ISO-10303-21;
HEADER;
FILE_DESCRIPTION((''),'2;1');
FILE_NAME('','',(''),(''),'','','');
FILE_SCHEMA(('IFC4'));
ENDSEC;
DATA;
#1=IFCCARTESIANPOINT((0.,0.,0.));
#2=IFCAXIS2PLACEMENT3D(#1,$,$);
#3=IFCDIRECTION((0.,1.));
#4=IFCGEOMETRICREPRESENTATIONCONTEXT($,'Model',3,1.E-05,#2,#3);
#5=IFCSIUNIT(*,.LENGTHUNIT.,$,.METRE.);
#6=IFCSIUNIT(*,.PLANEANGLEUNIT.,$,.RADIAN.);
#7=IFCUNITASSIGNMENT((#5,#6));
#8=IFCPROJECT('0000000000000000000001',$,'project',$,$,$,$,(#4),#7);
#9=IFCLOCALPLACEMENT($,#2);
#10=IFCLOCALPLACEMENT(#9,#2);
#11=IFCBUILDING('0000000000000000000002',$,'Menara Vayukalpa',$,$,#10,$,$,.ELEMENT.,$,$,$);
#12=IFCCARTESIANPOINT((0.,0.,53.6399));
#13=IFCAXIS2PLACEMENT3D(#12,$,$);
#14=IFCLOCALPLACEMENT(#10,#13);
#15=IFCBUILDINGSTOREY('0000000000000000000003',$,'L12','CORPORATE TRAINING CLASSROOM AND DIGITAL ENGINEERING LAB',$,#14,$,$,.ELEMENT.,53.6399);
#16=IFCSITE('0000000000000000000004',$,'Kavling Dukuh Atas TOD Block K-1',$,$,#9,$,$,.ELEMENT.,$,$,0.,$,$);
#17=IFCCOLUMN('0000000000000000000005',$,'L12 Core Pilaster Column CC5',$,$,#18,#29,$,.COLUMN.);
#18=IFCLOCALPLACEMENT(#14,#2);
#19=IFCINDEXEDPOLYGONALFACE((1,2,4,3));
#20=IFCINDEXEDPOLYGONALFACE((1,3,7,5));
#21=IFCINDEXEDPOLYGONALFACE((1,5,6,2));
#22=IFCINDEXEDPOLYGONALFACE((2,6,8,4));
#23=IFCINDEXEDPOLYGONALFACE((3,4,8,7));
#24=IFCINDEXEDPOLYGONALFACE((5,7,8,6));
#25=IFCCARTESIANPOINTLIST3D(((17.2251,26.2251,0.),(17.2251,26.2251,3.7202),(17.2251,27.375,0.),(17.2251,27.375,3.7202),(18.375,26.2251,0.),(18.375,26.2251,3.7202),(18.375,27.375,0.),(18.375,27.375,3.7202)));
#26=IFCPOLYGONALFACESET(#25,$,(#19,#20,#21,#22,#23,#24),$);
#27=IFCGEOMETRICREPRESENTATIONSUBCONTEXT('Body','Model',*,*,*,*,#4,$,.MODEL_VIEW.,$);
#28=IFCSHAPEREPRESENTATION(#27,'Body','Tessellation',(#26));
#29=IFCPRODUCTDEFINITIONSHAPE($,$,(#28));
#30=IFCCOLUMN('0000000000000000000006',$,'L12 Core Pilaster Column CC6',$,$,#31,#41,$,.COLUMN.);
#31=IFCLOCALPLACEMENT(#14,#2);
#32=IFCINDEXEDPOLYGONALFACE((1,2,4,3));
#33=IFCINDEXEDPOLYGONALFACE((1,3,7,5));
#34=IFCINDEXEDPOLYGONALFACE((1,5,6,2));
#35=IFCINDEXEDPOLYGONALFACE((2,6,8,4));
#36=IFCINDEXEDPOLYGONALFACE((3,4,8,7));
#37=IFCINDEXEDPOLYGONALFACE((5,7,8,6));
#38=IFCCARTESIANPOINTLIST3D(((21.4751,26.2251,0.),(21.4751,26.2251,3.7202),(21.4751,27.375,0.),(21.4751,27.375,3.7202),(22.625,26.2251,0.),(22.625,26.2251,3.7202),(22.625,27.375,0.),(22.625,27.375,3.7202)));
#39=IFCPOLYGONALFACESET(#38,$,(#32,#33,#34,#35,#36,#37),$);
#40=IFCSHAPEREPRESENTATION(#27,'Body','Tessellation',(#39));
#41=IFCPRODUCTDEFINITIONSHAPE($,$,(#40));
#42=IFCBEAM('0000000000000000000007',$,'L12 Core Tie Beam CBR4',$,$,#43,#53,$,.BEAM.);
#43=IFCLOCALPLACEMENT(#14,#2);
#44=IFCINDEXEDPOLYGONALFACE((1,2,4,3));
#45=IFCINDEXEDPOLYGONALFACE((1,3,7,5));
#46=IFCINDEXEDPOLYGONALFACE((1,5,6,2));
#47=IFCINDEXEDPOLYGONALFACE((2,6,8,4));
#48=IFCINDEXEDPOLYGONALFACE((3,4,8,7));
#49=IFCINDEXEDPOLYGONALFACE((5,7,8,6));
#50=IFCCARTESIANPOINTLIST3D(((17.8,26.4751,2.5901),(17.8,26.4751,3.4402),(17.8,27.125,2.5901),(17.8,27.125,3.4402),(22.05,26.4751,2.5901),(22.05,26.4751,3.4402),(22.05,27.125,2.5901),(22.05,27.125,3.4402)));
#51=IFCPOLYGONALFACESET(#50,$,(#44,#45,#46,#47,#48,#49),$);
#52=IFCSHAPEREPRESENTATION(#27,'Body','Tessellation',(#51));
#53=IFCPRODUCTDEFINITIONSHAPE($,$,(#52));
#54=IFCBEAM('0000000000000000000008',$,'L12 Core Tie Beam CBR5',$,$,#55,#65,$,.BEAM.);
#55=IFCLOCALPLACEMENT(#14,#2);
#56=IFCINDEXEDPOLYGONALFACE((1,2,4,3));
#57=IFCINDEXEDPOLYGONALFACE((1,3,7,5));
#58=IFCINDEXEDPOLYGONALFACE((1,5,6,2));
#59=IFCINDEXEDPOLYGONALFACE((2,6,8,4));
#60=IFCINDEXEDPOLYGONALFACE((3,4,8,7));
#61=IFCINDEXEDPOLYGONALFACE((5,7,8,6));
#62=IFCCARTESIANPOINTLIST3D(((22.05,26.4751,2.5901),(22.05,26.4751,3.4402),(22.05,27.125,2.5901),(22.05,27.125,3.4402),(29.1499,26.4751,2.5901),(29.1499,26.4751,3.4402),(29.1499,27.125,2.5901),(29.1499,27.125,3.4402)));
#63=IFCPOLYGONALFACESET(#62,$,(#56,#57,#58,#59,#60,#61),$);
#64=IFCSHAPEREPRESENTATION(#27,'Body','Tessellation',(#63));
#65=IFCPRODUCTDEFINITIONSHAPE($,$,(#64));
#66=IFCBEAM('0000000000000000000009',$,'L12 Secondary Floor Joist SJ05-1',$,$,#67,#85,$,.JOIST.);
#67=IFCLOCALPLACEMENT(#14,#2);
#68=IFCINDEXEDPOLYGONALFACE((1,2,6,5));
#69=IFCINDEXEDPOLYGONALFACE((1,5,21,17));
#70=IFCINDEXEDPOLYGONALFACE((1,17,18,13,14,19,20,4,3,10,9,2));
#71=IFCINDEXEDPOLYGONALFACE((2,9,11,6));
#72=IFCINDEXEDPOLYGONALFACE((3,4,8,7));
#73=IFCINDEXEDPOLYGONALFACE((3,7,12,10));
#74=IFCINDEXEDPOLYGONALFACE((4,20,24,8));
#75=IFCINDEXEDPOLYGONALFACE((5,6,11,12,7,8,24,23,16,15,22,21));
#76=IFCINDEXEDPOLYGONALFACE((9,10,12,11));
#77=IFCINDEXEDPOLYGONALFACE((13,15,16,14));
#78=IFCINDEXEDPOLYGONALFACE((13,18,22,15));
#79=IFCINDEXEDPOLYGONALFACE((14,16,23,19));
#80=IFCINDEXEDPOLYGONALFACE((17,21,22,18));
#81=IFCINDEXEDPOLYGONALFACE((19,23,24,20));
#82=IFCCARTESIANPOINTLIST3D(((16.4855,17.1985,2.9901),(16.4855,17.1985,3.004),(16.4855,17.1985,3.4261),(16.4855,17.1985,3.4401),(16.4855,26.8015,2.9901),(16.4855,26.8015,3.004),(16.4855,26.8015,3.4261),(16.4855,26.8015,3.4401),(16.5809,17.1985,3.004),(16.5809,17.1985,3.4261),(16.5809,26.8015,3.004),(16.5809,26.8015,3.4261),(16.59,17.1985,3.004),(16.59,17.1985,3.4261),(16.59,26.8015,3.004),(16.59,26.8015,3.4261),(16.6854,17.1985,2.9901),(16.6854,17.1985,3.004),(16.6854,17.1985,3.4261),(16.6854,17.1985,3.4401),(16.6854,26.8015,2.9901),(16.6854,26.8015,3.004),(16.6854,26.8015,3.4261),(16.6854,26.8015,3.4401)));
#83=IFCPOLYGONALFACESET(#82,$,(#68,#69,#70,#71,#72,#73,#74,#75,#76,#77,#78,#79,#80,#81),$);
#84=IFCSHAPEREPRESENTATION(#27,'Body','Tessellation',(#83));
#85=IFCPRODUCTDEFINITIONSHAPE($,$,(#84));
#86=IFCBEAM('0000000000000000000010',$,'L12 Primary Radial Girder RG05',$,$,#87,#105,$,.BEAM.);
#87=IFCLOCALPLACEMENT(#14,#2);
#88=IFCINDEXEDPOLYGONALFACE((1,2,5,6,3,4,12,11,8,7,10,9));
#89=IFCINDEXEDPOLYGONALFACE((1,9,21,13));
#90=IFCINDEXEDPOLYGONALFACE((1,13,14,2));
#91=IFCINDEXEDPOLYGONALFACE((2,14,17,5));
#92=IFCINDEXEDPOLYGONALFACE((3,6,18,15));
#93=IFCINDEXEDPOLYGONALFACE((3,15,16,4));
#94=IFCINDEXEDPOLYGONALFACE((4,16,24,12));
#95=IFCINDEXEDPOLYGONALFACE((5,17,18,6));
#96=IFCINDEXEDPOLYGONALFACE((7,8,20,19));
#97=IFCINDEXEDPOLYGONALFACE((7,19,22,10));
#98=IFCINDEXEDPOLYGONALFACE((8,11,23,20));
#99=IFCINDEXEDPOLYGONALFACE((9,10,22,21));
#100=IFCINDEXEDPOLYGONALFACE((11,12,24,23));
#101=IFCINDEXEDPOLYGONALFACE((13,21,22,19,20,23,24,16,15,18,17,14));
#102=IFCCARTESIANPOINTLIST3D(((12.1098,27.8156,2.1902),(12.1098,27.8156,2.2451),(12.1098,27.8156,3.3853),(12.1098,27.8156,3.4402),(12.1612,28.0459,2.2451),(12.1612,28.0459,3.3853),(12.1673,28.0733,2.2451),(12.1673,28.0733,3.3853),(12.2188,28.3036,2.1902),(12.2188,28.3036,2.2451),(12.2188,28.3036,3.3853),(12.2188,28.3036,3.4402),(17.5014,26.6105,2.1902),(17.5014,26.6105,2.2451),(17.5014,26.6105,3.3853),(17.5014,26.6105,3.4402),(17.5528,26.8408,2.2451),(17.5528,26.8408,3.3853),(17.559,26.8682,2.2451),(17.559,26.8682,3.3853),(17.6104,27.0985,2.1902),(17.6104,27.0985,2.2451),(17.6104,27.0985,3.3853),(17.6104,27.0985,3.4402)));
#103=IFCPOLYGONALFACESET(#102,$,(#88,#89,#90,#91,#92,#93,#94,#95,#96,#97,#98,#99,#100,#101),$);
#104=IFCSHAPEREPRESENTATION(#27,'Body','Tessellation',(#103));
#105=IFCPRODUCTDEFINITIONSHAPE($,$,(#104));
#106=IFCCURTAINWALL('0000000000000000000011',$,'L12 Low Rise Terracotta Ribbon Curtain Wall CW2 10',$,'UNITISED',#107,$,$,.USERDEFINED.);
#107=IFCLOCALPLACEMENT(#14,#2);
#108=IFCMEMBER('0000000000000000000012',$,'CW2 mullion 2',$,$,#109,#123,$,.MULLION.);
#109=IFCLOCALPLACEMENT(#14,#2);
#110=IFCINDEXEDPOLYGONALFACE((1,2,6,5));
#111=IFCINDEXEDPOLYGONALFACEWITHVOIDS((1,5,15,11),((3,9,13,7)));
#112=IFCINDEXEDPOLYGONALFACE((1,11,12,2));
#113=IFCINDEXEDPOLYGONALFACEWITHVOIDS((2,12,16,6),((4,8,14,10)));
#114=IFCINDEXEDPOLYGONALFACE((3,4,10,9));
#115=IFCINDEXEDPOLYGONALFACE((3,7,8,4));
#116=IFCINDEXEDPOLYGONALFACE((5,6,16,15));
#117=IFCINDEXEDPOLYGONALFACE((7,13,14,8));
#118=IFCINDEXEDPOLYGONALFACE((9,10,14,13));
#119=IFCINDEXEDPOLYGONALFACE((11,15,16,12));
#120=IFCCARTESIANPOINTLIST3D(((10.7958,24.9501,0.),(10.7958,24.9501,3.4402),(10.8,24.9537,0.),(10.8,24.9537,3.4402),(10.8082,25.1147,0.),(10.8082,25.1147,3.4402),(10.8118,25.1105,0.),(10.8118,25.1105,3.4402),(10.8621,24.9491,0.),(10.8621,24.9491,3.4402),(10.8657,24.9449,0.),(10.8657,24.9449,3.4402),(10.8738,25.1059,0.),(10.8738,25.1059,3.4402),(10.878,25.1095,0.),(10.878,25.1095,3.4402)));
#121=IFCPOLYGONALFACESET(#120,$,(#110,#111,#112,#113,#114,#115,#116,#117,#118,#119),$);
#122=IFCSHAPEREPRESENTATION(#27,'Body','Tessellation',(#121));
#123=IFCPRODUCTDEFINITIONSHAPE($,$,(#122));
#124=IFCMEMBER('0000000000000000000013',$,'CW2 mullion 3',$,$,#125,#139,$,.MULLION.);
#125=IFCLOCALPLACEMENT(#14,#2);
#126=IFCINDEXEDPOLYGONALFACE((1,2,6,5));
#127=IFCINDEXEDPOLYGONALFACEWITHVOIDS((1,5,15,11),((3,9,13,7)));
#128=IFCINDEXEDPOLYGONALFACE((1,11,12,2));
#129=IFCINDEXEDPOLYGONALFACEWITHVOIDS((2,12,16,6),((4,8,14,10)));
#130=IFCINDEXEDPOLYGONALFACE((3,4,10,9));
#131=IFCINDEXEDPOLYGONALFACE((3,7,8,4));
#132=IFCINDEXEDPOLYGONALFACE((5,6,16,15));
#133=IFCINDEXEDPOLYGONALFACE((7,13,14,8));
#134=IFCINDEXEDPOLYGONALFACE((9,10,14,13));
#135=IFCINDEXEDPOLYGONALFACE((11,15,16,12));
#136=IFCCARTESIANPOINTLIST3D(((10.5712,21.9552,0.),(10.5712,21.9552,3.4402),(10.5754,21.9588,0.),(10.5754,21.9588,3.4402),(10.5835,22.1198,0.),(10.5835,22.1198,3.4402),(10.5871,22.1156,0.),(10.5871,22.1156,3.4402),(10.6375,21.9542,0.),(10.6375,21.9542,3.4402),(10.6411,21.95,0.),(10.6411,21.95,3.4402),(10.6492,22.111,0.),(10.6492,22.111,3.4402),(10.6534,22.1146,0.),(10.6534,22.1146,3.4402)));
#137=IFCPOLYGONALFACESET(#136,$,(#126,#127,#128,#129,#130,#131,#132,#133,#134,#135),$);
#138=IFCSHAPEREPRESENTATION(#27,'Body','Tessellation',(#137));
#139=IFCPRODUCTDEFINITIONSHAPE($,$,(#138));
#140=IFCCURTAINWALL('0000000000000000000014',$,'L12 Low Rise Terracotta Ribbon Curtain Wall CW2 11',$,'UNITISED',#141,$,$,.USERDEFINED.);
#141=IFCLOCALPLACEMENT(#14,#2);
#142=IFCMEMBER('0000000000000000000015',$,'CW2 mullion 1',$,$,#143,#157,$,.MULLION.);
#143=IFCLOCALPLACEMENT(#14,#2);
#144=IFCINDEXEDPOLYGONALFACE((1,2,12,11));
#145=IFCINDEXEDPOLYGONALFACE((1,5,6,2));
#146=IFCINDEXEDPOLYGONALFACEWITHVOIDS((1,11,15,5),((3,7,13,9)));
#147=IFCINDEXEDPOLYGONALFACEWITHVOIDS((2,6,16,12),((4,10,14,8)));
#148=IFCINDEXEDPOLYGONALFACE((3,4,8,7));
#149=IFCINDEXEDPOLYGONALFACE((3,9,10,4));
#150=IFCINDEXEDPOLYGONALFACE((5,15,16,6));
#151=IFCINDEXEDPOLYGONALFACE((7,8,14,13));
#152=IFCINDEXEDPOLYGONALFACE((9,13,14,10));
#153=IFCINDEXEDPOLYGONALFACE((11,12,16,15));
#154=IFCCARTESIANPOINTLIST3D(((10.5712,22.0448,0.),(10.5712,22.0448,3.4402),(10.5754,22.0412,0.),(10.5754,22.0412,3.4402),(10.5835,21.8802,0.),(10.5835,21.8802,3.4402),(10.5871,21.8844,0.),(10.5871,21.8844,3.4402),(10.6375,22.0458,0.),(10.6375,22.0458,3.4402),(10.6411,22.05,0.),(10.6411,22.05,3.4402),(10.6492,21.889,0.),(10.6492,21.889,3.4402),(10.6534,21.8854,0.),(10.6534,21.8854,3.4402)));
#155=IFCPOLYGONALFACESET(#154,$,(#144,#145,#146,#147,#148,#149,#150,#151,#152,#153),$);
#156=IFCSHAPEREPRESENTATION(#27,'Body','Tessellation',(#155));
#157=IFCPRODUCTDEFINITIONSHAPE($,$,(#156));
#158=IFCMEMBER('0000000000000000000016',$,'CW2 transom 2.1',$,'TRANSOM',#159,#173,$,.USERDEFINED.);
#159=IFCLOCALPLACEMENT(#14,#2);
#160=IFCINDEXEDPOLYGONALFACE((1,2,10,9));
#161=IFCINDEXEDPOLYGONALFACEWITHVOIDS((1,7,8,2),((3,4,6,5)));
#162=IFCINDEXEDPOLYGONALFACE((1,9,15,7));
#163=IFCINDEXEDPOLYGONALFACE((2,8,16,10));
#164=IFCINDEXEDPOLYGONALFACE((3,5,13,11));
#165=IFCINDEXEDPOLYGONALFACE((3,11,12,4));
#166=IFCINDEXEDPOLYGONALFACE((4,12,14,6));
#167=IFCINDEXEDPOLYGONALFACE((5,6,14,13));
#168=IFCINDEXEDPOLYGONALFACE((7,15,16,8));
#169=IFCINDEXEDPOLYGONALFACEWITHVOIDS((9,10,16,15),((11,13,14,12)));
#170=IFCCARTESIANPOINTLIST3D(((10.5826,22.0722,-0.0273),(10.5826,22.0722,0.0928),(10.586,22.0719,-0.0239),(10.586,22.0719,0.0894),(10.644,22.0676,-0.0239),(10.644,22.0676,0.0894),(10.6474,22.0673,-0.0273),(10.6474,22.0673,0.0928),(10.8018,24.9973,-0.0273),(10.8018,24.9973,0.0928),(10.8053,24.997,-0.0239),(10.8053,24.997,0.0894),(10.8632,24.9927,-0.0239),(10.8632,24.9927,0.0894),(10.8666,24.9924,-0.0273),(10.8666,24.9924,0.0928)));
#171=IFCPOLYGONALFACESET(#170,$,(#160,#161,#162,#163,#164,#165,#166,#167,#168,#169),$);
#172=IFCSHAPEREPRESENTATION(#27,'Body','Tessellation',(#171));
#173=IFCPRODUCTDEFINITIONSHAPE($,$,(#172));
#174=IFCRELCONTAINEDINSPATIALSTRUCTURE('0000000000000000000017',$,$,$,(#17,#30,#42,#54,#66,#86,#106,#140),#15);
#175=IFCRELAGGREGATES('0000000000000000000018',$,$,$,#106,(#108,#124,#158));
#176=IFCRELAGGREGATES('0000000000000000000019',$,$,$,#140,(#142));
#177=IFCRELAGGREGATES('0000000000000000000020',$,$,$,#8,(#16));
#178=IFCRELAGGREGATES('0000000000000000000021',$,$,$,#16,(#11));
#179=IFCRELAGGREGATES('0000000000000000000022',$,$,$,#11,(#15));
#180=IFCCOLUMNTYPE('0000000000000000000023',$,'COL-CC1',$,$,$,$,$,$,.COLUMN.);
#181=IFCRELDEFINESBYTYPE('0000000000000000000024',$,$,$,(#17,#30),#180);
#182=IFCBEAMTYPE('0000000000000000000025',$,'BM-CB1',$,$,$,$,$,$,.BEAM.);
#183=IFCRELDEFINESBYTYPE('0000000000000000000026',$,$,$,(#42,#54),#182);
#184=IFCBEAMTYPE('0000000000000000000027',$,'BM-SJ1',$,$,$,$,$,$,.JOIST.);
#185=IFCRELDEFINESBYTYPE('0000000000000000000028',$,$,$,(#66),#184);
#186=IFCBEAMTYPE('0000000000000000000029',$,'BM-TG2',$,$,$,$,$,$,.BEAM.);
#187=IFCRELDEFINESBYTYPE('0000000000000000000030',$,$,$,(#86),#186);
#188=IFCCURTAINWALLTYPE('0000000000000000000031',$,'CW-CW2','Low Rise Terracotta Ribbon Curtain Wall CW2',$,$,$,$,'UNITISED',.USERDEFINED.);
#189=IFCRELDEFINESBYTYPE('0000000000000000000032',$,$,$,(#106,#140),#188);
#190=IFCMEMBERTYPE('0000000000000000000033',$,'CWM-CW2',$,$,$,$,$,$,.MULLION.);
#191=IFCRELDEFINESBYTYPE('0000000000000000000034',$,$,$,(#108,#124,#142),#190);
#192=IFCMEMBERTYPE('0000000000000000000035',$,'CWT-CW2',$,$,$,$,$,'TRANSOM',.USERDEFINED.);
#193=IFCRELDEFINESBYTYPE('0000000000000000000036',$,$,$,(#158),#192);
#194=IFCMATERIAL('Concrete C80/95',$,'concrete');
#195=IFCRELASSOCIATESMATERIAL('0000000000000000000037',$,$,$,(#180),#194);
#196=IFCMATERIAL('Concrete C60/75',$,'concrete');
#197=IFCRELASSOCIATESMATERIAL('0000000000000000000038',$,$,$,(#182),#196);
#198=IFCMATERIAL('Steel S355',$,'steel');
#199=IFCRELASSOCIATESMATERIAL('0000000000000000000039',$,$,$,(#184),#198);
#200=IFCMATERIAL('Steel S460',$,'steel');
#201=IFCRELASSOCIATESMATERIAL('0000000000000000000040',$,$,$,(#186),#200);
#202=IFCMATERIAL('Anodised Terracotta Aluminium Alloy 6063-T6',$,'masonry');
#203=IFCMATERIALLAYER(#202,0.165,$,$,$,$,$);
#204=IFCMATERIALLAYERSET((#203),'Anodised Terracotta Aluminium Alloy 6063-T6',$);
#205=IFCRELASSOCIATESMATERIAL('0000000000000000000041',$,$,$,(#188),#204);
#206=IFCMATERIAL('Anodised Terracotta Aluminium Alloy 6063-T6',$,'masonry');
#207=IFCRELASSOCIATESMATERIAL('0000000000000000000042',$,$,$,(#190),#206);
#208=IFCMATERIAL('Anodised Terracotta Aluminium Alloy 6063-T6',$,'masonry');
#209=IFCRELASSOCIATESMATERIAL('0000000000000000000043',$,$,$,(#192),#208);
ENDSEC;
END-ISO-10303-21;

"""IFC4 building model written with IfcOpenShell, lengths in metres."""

from ifc_helpers import new_model, si_unit, direction, frame, origin, origin_2d, place, context, subcontext, project, spatial, rectangle, hollow_rectangle, i_section, extrude, material, layer, layer_set, material_profile, profile_set, type_object, element, aggregate, save


model = new_model("IFC4")

# Units and contexts
model_context = context("Model", 3, precision=1e-05, world=origin(), true_north=direction((0.0, 1.0)))
body_context = subcontext(model_context, "Body", "Model", "MODEL_VIEW")
ifc_project = project(units=[si_unit("LENGTHUNIT", "METRE"), si_unit("PLANEANGLEUNIT", "RADIAN")], contexts=[model_context])

# Site, building, storey
site_placement = place(None, origin())
site = spatial("IfcSite", under=ifc_project, at=site_placement, Name="Kavling Dukuh Atas TOD Block K-1", CompositionType="ELEMENT", RefElevation=0.0)
building_placement = place(site_placement, origin())
building = spatial("IfcBuilding", under=site, at=building_placement, Name="Menara Vayukalpa", CompositionType="ELEMENT")
storey_placement = place(building_placement, frame((0.0, 0.0, 53.6399)))
storey = spatial("IfcBuildingStorey", under=building, at=storey_placement, Name="L12", Description="CORPORATE TRAINING CLASSROOM AND DIGITAL ENGINEERING LAB", CompositionType="ELEMENT", Elevation=53.6399)

# Columns
ifc_material_1 = material(Name="Concrete C80/95", Category="concrete")
ifc_material_profile_1 = material_profile(ifc_material_1, rectangle(XDim=1.1499, YDim=1.1499, at=origin_2d()), Name="RC 1150x1150")
ifc_profile_set_1 = profile_set([ifc_material_profile_1], Name="Concrete C80/95")
column_type = type_object("IfcColumnType", Name="COL-CC1", PredefinedType="COLUMN", material=ifc_profile_set_1)
for number, where, z_axis, x_axis, name in (
    (1, (17.8, 26.8, 0.0), (0.0, 0.0, 1.0), (1.0, 0.0, 0.0), "L12 Core Pilaster Column CC5"),
    (2, (22.05, 26.8, 0.0), (0.0, 0.0, 1.0), (1.0, 0.0, 0.0), "L12 Core Pilaster Column CC6"),
):
    element("IfcColumn", number, at=place(storey_placement, frame(where, z_axis=z_axis, x_axis=x_axis)), inside=storey, type_object=column_type, Name=name, PredefinedType="COLUMN", context=body_context, shape_type="SweptSolid", body=[
        extrude(rectangle(XDim=1.1499, YDim=1.1499, at=origin_2d()), origin(), (0.0, 0.0, 1.0), 3.7202),
    ])

# Beams
ifc_material_2 = material(Name="Concrete C60/75", Category="concrete")
ifc_material_profile_2 = material_profile(ifc_material_2, rectangle(XDim=0.6499, YDim=0.8501, at=origin_2d()), Name="RC 650x850")
ifc_profile_set_2 = profile_set([ifc_material_profile_2], Name="Concrete C60/75")
beam_type_1 = type_object("IfcBeamType", Name="BM-CB1", PredefinedType="BEAM", material=ifc_profile_set_2)
beam_1_placement = place(storey_placement, frame((17.8, 26.8, 3.0151), z_axis=(1.0, 0.0, 0.0), x_axis=(0.0, 1.0, 0.0)))
element("IfcBeam", 3, at=beam_1_placement, inside=storey, type_object=beam_type_1, Name="L12 Core Tie Beam CBR4", PredefinedType="BEAM", context=body_context, shape_type="SweptSolid", body=[
    extrude(rectangle(XDim=0.6499, YDim=0.8501, at=origin_2d()), origin(), (0.0, 0.0, 1.0), 4.25),
])
beam_2_placement = place(storey_placement, frame((22.05, 26.8, 3.0151), z_axis=(1.0, 0.0, 0.0), x_axis=(0.0, 1.0, 0.0)))
element("IfcBeam", 4, at=beam_2_placement, inside=storey, type_object=beam_type_1, Name="L12 Core Tie Beam CBR5", PredefinedType="BEAM", context=body_context, shape_type="SweptSolid", body=[
    extrude(rectangle(XDim=0.6499, YDim=0.8501, at=origin_2d()), origin(), (0.0, 0.0, 1.0), 7.0999),
])
ifc_material_3 = material(Name="Steel S355", Category="steel")
ifc_material_profile_3 = material_profile(ifc_material_3, i_section(OverallWidth=0.2, OverallDepth=0.45, WebThickness=0.009, FlangeThickness=0.0139, at=origin_2d()), Name="WF 450x200x9x14")
ifc_profile_set_3 = profile_set([ifc_material_profile_3], Name="Steel S355")
beam_type_2 = type_object("IfcBeamType", Name="BM-SJ1", PredefinedType="JOIST", material=ifc_profile_set_3)
beam_3_placement = place(storey_placement, frame((16.5854, 26.8015, 3.2151), z_axis=(0.0, -1.0, 0.0), x_axis=(1.0, 0.0, 0.0)))
element("IfcBeam", 5, at=beam_3_placement, inside=storey, type_object=beam_type_2, Name="L12 Secondary Floor Joist SJ05-1", PredefinedType="JOIST", context=body_context, shape_type="SweptSolid", body=[
    extrude(i_section(OverallWidth=0.2, OverallDepth=0.45, WebThickness=0.009, FlangeThickness=0.0139, at=origin_2d()), origin(), (0.0, 0.0, 1.0), 9.603),
])
ifc_material_4 = material(Name="Steel S460", Category="steel")
ifc_material_profile_4 = material_profile(ifc_material_4, i_section(OverallWidth=0.5, OverallDepth=1.25, WebThickness=0.0281, FlangeThickness=0.0549, at=origin_2d()), Name="WG 1250x500x28x55")
ifc_profile_set_4 = profile_set([ifc_material_profile_4], Name="Steel S460")
beam_type_3 = type_object("IfcBeamType", Name="BM-TG2", PredefinedType="BEAM", material=ifc_profile_set_4)
beam_4_placement = place(storey_placement, frame((17.5559, 26.8545, 2.8152), z_axis=(-0.97592, 0.218128, 0.0), x_axis=(-0.218128, -0.97592, 0.0)))
element("IfcBeam", 6, at=beam_4_placement, inside=storey, type_object=beam_type_3, Name="L12 Primary Radial Girder RG05", PredefinedType="BEAM", context=body_context, shape_type="SweptSolid", body=[
    extrude(i_section(OverallWidth=0.5, OverallDepth=1.25, WebThickness=0.0281, FlangeThickness=0.0549, at=origin_2d()), origin(), (0.0, 0.0, 1.0), 5.5247),
])

# Curtain wall, members
ifc_material_5 = material(Name="Anodised Terracotta Aluminium Alloy 6063-T6", Category="masonry")
ifc_layer_1 = layer(ifc_material_5, 0.165)
ifc_layer_set_1 = layer_set([ifc_layer_1], Name="Anodised Terracotta Aluminium Alloy 6063-T6")
curtain_wall_type = type_object("IfcCurtainWallType", Name="CW-CW2", Description="Low Rise Terracotta Ribbon Curtain Wall CW2", ElementType="UNITISED", PredefinedType="USERDEFINED", material=ifc_layer_set_1)
curtain_wall_1_placement = place(storey_placement, origin())
curtain_wall_1 = element("IfcCurtainWall", 7, at=curtain_wall_1_placement, inside=storey, type_object=curtain_wall_type, Name="L12 Low Rise Terracotta Ribbon Curtain Wall CW2 10", ObjectType="UNITISED", PredefinedType="USERDEFINED")
ifc_material_6 = material(Name="Anodised Terracotta Aluminium Alloy 6063-T6", Category="masonry")
ifc_material_profile_5 = material_profile(ifc_material_6, hollow_rectangle(XDim=0.0701, YDim=0.165, WallThickness=0.0039, at=origin_2d()), Name="ALU 70x165x4")
ifc_profile_set_5 = profile_set([ifc_material_profile_5], Name="Anodised Terracotta Aluminium Alloy 6063-T6")
member_type_1 = type_object("IfcMemberType", Name="CWM-CW2", PredefinedType="MULLION", material=ifc_profile_set_5)
member_1_placement = place(storey_placement, frame((10.8369, 25.0298, 0.0), z_axis=(0.0, 0.0, 1.0), x_axis=(0.997199, -0.074795, 0.0)))
member_1 = element("IfcMember", 8, at=member_1_placement, type_object=member_type_1, Name="CW2 mullion 2", PredefinedType="MULLION", context=body_context, shape_type="SweptSolid", body=[
    extrude(hollow_rectangle(XDim=0.0701, YDim=0.165, WallThickness=0.0039, at=origin_2d()), origin(), (0.0, 0.0, 1.0), 3.4402),
])
member_2_placement = place(storey_placement, frame((10.6123, 22.0349, 0.0), z_axis=(0.0, 0.0, 1.0), x_axis=(0.997199, -0.074795, 0.0)))
member_2 = element("IfcMember", 9, at=member_2_placement, type_object=member_type_1, Name="CW2 mullion 3", PredefinedType="MULLION", context=body_context, shape_type="SweptSolid", body=[
    extrude(hollow_rectangle(XDim=0.0701, YDim=0.165, WallThickness=0.0039, at=origin_2d()), origin(), (0.0, 0.0, 1.0), 3.4402),
])

# Curtain wall, member
curtain_wall_2_placement = place(storey_placement, origin())
curtain_wall_2 = element("IfcCurtainWall", 10, at=curtain_wall_2_placement, inside=storey, type_object=curtain_wall_type, Name="L12 Low Rise Terracotta Ribbon Curtain Wall CW2 11", ObjectType="UNITISED", PredefinedType="USERDEFINED")
member_3_placement = place(storey_placement, frame((10.6123, 21.9651, 0.0), z_axis=(0.0, 0.0, 1.0), x_axis=(0.997199, 0.074795, 0.0)))
member_3 = element("IfcMember", 11, at=member_3_placement, type_object=member_type_1, Name="CW2 mullion 1", PredefinedType="MULLION", context=body_context, shape_type="SweptSolid", body=[
    extrude(hollow_rectangle(XDim=0.0701, YDim=0.165, WallThickness=0.0039, at=origin_2d()), origin(), (0.0, 0.0, 1.0), 3.4402),
])

# Member
ifc_material_7 = material(Name="Anodised Terracotta Aluminium Alloy 6063-T6", Category="masonry")
ifc_material_profile_6 = material_profile(ifc_material_7, hollow_rectangle(XDim=0.0649, YDim=0.1201, WallThickness=0.0034, at=origin_2d()), Name="ALU 65x120x3.5")
ifc_profile_set_6 = profile_set([ifc_material_profile_6], Name="Anodised Terracotta Aluminium Alloy 6063-T6")
member_type_2 = type_object("IfcMemberType", Name="CWT-CW2", ElementType="TRANSOM", PredefinedType="USERDEFINED", material=ifc_profile_set_6)
member_4_placement = place(storey_placement, frame((10.8342, 24.9949, 0.0327), z_axis=(-0.074742, -0.997203, 0.0), x_axis=(0.997203, -0.074742, 0.0)))
member_4 = element("IfcMember", 12, at=member_4_placement, type_object=member_type_2, Name="CW2 transom 2.1", ObjectType="TRANSOM", PredefinedType="USERDEFINED", context=body_context, shape_type="SweptSolid", body=[
    extrude(hollow_rectangle(XDim=0.0649, YDim=0.1201, WallThickness=0.0034, at=origin_2d()), origin(), (0.0, 0.0, 1.0), 2.9333),
])

aggregate(curtain_wall_1, [member_1, member_2, member_4])
aggregate(curtain_wall_2, [member_3])

save(model, "model.ifc")
